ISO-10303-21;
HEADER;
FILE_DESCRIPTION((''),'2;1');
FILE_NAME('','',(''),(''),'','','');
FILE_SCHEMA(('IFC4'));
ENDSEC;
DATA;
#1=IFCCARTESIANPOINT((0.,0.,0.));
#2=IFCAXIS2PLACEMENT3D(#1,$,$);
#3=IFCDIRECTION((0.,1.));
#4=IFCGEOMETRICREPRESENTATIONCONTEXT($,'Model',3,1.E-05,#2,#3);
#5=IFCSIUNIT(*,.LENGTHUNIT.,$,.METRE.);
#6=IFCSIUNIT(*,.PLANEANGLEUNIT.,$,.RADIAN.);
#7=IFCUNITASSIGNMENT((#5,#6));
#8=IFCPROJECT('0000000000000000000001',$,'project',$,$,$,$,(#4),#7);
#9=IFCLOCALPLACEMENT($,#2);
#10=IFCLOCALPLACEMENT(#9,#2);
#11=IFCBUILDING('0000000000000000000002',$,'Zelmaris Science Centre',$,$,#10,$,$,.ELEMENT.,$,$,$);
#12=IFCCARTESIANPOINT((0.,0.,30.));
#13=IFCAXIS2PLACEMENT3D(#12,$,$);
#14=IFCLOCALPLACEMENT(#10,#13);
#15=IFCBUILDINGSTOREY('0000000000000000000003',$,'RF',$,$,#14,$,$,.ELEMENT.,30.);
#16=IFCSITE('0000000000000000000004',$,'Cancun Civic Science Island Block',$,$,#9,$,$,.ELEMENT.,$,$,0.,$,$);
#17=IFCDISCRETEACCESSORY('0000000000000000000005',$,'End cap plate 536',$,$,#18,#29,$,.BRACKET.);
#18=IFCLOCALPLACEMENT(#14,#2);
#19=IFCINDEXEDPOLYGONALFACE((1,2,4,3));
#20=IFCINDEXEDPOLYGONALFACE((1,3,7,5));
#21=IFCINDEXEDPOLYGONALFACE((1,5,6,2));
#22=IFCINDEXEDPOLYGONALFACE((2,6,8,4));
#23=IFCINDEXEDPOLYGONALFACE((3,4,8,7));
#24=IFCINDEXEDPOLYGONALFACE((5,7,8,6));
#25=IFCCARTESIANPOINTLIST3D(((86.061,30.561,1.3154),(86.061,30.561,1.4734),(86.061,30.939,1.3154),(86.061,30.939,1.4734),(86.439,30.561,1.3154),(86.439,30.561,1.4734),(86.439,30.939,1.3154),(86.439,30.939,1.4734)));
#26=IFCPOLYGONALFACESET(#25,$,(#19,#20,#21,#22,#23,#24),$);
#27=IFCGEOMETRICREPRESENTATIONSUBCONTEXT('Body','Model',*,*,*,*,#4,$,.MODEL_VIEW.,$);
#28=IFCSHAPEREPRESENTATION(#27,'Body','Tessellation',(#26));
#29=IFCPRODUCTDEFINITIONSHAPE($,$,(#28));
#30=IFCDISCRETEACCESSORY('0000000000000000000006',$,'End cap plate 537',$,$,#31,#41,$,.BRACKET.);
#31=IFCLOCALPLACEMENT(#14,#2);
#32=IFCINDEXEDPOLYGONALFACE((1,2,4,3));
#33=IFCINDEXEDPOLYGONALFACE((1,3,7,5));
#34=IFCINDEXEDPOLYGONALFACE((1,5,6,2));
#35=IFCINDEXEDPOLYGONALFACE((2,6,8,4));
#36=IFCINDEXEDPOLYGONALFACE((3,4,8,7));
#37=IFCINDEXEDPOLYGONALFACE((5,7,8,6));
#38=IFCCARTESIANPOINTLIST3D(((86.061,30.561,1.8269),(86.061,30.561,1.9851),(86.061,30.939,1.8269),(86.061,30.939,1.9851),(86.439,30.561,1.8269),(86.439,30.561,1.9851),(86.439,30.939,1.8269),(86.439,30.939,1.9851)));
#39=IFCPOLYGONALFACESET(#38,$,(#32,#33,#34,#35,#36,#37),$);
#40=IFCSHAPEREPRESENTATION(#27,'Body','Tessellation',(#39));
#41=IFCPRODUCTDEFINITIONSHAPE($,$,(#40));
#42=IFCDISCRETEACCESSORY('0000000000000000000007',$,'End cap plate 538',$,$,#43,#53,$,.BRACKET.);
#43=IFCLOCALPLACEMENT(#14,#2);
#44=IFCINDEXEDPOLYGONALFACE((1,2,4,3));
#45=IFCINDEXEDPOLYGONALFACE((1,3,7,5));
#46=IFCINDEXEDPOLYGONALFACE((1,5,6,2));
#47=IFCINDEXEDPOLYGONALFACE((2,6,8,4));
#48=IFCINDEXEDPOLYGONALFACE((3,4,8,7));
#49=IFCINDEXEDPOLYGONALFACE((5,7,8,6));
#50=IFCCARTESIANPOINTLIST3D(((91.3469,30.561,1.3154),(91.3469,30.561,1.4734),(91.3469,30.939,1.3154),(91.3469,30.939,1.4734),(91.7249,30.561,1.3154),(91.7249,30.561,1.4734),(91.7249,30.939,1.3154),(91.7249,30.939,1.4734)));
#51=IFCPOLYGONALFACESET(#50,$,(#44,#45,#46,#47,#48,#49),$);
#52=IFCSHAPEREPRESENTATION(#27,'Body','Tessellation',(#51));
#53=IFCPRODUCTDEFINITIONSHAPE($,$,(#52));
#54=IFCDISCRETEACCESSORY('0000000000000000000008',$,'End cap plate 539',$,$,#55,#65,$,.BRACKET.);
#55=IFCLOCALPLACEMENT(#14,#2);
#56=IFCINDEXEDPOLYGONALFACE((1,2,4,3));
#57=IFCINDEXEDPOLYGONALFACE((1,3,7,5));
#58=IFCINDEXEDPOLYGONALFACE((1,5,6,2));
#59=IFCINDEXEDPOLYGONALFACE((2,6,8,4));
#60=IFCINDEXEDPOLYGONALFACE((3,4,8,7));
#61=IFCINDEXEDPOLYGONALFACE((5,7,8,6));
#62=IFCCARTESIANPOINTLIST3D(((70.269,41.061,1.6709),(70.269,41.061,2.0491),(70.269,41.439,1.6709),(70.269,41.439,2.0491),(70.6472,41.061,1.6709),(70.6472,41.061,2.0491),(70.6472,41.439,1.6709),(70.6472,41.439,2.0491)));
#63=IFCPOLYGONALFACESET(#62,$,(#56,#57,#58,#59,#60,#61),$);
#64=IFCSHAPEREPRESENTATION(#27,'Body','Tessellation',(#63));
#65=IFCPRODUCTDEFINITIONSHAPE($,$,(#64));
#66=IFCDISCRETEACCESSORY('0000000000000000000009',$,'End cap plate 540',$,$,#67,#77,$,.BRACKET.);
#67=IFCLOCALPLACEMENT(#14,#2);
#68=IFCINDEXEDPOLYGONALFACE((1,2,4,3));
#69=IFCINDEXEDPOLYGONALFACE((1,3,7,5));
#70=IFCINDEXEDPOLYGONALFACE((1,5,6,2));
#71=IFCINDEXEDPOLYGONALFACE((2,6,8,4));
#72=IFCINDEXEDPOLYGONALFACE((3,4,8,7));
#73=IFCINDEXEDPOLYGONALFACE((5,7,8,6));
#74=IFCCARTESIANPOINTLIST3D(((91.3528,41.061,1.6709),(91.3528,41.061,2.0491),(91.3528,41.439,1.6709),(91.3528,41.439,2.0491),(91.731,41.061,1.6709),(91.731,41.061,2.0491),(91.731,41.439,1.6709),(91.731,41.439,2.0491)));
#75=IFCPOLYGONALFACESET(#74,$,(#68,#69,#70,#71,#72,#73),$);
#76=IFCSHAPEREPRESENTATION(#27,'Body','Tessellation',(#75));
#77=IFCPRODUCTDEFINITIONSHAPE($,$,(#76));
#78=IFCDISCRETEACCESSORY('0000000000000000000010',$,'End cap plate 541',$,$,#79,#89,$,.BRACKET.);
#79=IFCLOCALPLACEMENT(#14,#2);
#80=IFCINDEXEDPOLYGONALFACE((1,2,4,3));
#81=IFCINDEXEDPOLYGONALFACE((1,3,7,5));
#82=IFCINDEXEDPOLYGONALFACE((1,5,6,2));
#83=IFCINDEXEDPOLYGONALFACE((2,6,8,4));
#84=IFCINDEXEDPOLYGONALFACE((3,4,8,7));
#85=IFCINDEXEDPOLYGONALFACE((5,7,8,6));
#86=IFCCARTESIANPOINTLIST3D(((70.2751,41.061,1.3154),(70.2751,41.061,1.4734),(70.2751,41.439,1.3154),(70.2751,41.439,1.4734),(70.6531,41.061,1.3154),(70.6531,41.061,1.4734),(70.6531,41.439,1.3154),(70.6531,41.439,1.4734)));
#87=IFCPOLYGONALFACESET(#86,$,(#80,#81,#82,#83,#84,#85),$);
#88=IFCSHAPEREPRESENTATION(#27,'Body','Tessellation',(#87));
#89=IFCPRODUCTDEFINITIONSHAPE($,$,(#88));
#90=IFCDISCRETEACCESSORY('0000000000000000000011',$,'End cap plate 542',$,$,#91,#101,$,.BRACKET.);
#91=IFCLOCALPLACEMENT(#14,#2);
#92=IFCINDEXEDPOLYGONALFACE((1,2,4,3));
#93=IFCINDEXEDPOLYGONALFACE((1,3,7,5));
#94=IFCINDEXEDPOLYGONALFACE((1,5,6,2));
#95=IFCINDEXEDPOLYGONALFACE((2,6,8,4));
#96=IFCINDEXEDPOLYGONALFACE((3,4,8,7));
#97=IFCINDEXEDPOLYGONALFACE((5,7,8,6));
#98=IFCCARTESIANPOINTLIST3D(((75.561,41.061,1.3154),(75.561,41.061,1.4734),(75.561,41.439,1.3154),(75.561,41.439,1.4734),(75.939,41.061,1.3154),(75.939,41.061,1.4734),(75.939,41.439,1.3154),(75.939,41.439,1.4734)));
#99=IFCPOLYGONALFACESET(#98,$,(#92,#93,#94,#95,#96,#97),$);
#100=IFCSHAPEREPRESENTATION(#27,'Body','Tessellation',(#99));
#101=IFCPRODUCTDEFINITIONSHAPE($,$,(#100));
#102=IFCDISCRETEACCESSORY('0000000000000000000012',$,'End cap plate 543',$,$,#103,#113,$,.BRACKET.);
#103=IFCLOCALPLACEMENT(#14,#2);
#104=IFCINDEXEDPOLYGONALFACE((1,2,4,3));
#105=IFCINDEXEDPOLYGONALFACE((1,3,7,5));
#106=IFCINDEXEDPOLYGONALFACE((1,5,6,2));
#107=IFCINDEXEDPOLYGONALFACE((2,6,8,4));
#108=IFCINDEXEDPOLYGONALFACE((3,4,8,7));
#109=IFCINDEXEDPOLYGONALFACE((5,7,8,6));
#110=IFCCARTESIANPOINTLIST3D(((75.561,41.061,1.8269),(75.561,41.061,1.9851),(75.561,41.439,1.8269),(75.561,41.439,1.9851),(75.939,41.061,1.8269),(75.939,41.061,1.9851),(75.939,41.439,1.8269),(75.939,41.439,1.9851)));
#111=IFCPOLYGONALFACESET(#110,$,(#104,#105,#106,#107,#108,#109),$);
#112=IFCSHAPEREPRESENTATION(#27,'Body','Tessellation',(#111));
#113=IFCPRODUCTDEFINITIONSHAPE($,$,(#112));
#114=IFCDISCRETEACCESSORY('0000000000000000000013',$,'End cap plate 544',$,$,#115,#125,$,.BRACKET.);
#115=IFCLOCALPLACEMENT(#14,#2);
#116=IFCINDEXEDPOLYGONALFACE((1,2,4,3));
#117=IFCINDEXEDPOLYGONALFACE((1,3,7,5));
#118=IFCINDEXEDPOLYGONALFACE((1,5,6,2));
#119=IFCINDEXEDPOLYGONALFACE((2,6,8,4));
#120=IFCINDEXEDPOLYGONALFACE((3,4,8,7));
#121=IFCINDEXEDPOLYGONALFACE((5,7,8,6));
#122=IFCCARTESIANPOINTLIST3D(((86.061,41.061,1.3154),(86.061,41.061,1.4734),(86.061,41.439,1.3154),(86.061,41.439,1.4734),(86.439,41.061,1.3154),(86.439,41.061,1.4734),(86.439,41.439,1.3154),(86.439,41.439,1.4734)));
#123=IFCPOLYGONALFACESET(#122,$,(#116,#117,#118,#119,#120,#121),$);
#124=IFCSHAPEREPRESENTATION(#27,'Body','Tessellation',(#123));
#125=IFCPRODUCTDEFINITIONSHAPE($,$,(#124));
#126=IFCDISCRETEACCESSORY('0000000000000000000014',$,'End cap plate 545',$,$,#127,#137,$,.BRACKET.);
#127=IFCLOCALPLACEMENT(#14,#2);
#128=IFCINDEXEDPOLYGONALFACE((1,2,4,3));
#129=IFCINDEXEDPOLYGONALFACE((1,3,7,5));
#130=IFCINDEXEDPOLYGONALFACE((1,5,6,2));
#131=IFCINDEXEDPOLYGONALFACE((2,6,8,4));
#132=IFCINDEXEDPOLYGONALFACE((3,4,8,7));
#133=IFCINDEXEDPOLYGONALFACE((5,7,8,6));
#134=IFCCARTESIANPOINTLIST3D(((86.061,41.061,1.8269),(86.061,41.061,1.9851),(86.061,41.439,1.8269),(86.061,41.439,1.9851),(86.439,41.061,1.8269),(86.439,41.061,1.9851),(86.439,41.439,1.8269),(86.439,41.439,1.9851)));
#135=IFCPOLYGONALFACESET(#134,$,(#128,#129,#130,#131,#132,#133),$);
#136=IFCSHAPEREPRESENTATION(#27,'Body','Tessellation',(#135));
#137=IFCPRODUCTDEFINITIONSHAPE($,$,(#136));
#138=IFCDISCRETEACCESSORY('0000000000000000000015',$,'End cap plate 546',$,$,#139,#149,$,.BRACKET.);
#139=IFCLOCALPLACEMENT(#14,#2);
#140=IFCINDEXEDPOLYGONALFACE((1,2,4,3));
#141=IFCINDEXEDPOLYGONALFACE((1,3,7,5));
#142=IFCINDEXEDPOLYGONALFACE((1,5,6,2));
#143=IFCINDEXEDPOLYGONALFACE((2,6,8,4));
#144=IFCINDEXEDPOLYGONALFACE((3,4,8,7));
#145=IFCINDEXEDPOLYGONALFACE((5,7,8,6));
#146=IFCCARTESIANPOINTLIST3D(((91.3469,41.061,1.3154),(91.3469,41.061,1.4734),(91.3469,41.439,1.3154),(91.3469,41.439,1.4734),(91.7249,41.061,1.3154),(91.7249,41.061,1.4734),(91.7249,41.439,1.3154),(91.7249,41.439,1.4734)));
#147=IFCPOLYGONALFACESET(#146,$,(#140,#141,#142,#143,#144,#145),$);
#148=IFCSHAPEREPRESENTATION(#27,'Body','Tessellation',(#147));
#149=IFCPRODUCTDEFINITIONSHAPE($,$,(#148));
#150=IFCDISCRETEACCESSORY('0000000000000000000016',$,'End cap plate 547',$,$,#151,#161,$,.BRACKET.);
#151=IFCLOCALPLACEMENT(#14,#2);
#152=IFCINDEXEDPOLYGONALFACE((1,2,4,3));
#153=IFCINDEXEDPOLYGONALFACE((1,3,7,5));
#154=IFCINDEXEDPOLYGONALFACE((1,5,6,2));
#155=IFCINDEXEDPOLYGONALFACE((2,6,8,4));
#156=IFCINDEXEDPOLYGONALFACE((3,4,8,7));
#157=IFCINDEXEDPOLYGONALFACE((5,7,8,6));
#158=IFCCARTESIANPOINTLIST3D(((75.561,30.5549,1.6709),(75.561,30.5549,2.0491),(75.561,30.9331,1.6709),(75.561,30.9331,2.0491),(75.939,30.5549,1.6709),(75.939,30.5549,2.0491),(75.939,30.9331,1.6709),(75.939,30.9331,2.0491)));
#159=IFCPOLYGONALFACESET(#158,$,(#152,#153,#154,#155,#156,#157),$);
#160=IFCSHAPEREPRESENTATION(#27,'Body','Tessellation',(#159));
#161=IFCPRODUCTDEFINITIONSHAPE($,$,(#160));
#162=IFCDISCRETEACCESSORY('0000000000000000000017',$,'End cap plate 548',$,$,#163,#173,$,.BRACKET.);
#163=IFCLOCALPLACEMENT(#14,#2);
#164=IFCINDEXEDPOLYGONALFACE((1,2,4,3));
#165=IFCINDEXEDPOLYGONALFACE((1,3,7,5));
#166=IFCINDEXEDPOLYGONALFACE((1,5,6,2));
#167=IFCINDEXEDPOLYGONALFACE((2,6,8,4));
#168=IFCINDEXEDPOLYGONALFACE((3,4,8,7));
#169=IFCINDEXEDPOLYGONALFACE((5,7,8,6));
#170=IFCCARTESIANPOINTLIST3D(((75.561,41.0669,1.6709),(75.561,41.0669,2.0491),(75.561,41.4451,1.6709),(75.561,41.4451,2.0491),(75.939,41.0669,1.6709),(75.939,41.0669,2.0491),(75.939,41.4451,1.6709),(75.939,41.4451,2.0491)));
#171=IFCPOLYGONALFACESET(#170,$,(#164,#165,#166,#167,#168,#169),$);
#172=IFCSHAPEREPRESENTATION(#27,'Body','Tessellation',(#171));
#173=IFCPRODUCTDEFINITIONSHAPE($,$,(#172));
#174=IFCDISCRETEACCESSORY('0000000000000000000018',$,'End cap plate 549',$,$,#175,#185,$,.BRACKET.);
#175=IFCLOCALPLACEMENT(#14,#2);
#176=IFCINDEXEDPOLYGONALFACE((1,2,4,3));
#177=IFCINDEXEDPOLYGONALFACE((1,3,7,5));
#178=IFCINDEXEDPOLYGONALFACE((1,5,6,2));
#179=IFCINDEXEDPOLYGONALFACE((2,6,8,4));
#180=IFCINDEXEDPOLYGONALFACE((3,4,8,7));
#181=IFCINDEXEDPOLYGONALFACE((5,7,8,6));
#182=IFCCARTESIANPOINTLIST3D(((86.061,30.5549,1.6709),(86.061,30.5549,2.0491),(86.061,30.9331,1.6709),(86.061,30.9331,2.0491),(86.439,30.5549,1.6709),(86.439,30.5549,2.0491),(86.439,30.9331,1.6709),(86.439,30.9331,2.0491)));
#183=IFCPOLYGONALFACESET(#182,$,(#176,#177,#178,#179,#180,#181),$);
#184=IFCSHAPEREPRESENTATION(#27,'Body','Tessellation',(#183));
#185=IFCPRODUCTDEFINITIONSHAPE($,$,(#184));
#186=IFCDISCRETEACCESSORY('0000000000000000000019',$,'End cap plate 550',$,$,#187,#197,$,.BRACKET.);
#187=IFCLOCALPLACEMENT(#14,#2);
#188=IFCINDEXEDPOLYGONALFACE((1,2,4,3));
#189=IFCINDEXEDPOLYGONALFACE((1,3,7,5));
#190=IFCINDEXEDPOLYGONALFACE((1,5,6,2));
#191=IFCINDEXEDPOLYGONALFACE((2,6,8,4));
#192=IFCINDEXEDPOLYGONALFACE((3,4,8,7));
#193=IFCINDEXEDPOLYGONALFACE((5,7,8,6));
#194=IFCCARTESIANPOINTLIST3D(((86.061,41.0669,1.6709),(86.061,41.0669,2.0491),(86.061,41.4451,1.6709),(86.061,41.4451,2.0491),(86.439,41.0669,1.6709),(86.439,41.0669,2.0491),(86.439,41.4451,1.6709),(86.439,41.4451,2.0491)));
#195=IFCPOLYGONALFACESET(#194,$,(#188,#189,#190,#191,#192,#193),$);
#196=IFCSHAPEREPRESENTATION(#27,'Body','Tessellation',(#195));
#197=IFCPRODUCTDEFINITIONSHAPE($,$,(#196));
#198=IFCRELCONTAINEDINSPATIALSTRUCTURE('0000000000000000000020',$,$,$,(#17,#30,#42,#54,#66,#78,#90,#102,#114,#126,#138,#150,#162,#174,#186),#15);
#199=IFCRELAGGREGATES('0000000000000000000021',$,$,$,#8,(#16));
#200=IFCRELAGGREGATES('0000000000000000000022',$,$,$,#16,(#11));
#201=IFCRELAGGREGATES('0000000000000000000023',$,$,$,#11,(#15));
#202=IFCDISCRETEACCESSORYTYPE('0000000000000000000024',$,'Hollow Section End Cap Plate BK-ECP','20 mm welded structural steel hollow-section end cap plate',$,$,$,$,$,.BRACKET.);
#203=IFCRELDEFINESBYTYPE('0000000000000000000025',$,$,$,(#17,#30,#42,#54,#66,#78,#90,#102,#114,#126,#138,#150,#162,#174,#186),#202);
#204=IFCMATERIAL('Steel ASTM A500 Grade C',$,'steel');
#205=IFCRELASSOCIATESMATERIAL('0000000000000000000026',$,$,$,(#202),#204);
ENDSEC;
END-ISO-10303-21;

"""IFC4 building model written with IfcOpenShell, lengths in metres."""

from ifc_helpers import new_model, si_unit, direction, frame, origin, place, context, subcontext, project, spatial, polyline, outline, extrude, material, type_object, element, save


model = new_model("IFC4")

# Units and contexts
model_context = context("Model", 3, precision=1e-05, world=origin(), true_north=direction((0.0, 1.0)))
body_context = subcontext(model_context, "Body", "Model", "MODEL_VIEW")
ifc_project = project(units=[si_unit("LENGTHUNIT", "METRE"), si_unit("PLANEANGLEUNIT", "RADIAN")], contexts=[model_context])

# Site, building, storey
site_placement = place(None, origin())
site = spatial("IfcSite", under=ifc_project, at=site_placement, Name="Cancun Civic Science Island Block", CompositionType="ELEMENT", RefElevation=0.0)
building_placement = place(site_placement, origin())
building = spatial("IfcBuilding", under=site, at=building_placement, Name="Zelmaris Science Centre", CompositionType="ELEMENT")
storey_placement = place(building_placement, frame((0.0, 0.0, 30.0)))
storey = spatial("IfcBuildingStorey", under=building, at=storey_placement, Name="RF", CompositionType="ELEMENT", Elevation=30.0)

# Discrete accessories
ifc_material_1 = material(Name="Steel ASTM A500 Grade C", Category="steel")
discrete_accessory_type = type_object("IfcDiscreteAccessoryType", Name="Hollow Section End Cap Plate BK-ECP", Description="20 mm welded structural steel hollow-section end cap plate", PredefinedType="BRACKET", material=ifc_material_1)
discrete_accessory_1_placement = place(storey_placement, frame((0.0, 0.0, 1.3154)))
element("IfcDiscreteAccessory", 1, at=discrete_accessory_1_placement, inside=storey, type_object=discrete_accessory_type, Name="End cap plate 536", PredefinedType="BRACKET", context=body_context, shape_type="SweptSolid", body=[
    extrude(outline(polyline([(86.061, 30.561), (86.439, 30.561), (86.439, 30.939), (86.061, 30.939), (86.061, 30.561)])), origin(), (0.0, 0.0, 1.0), 0.158),
])
discrete_accessory_2_placement = place(storey_placement, frame((0.0, 0.0, 1.8269)))
element("IfcDiscreteAccessory", 2, at=discrete_accessory_2_placement, inside=storey, type_object=discrete_accessory_type, Name="End cap plate 537", PredefinedType="BRACKET", context=body_context, shape_type="SweptSolid", body=[
    extrude(outline(polyline([(86.061, 30.561), (86.439, 30.561), (86.439, 30.939), (86.061, 30.939), (86.061, 30.561)])), origin(), (0.0, 0.0, 1.0), 0.1582),
])
discrete_accessory_3_placement = place(storey_placement, frame((0.0, 0.0, 1.3154)))
element("IfcDiscreteAccessory", 3, at=discrete_accessory_3_placement, inside=storey, type_object=discrete_accessory_type, Name="End cap plate 538", PredefinedType="BRACKET", context=body_context, shape_type="SweptSolid", body=[
    extrude(outline(polyline([(91.3469, 30.561), (91.7249, 30.561), (91.7249, 30.939), (91.3469, 30.939), (91.3469, 30.561)])), origin(), (0.0, 0.0, 1.0), 0.158),
])
discrete_accessory_4_placement = place(storey_placement, frame((0.0, 0.0, 1.6709)))
element("IfcDiscreteAccessory", 4, at=discrete_accessory_4_placement, inside=storey, type_object=discrete_accessory_type, Name="End cap plate 539", PredefinedType="BRACKET", context=body_context, shape_type="SweptSolid", body=[
    extrude(outline(polyline([(70.269, 41.061), (70.6472, 41.061), (70.6472, 41.439), (70.269, 41.439), (70.269, 41.061)])), origin(), (0.0, 0.0, 1.0), 0.3782),
])
discrete_accessory_5_placement = place(storey_placement, frame((0.0, 0.0, 1.6709)))
element("IfcDiscreteAccessory", 5, at=discrete_accessory_5_placement, inside=storey, type_object=discrete_accessory_type, Name="End cap plate 540", PredefinedType="BRACKET", context=body_context, shape_type="SweptSolid", body=[
    extrude(outline(polyline([(91.3528, 41.061), (91.731, 41.061), (91.731, 41.439), (91.3528, 41.439), (91.3528, 41.061)])), origin(), (0.0, 0.0, 1.0), 0.3782),
])
discrete_accessory_6_placement = place(storey_placement, frame((0.0, 0.0, 1.3154)))
element("IfcDiscreteAccessory", 6, at=discrete_accessory_6_placement, inside=storey, type_object=discrete_accessory_type, Name="End cap plate 541", PredefinedType="BRACKET", context=body_context, shape_type="SweptSolid", body=[
    extrude(outline(polyline([(70.2751, 41.061), (70.6531, 41.061), (70.6531, 41.439), (70.2751, 41.439), (70.2751, 41.061)])), origin(), (0.0, 0.0, 1.0), 0.158),
])
discrete_accessory_7_placement = place(storey_placement, frame((0.0, 0.0, 1.3154)))
element("IfcDiscreteAccessory", 7, at=discrete_accessory_7_placement, inside=storey, type_object=discrete_accessory_type, Name="End cap plate 542", PredefinedType="BRACKET", context=body_context, shape_type="SweptSolid", body=[
    extrude(outline(polyline([(75.561, 41.061), (75.939, 41.061), (75.939, 41.439), (75.561, 41.439), (75.561, 41.061)])), origin(), (0.0, 0.0, 1.0), 0.158),
])
discrete_accessory_8_placement = place(storey_placement, frame((0.0, 0.0, 1.8269)))
element("IfcDiscreteAccessory", 8, at=discrete_accessory_8_placement, inside=storey, type_object=discrete_accessory_type, Name="End cap plate 543", PredefinedType="BRACKET", context=body_context, shape_type="SweptSolid", body=[
    extrude(outline(polyline([(75.561, 41.061), (75.939, 41.061), (75.939, 41.439), (75.561, 41.439), (75.561, 41.061)])), origin(), (0.0, 0.0, 1.0), 0.1582),
])
discrete_accessory_9_placement = place(storey_placement, frame((0.0, 0.0, 1.3154)))
element("IfcDiscreteAccessory", 9, at=discrete_accessory_9_placement, inside=storey, type_object=discrete_accessory_type, Name="End cap plate 544", PredefinedType="BRACKET", context=body_context, shape_type="SweptSolid", body=[
    extrude(outline(polyline([(86.061, 41.061), (86.439, 41.061), (86.439, 41.439), (86.061, 41.439), (86.061, 41.061)])), origin(), (0.0, 0.0, 1.0), 0.158),
])
discrete_accessory_10_placement = place(storey_placement, frame((0.0, 0.0, 1.8269)))
element("IfcDiscreteAccessory", 10, at=discrete_accessory_10_placement, inside=storey, type_object=discrete_accessory_type, Name="End cap plate 545", PredefinedType="BRACKET", context=body_context, shape_type="SweptSolid", body=[
    extrude(outline(polyline([(86.061, 41.061), (86.439, 41.061), (86.439, 41.439), (86.061, 41.439), (86.061, 41.061)])), origin(), (0.0, 0.0, 1.0), 0.1582),
])
discrete_accessory_11_placement = place(storey_placement, frame((0.0, 0.0, 1.3154)))
element("IfcDiscreteAccessory", 11, at=discrete_accessory_11_placement, inside=storey, type_object=discrete_accessory_type, Name="End cap plate 546", PredefinedType="BRACKET", context=body_context, shape_type="SweptSolid", body=[
    extrude(outline(polyline([(91.3469, 41.061), (91.7249, 41.061), (91.7249, 41.439), (91.3469, 41.439), (91.3469, 41.061)])), origin(), (0.0, 0.0, 1.0), 0.158),
])
discrete_accessory_12_placement = place(storey_placement, frame((0.0, 0.0, 1.6709)))
element("IfcDiscreteAccessory", 12, at=discrete_accessory_12_placement, inside=storey, type_object=discrete_accessory_type, Name="End cap plate 547", PredefinedType="BRACKET", context=body_context, shape_type="SweptSolid", body=[
    extrude(outline(polyline([(75.561, 30.5549), (75.939, 30.5549), (75.939, 30.9331), (75.561, 30.9331), (75.561, 30.5549)])), origin(), (0.0, 0.0, 1.0), 0.3782),
])
discrete_accessory_13_placement = place(storey_placement, frame((0.0, 0.0, 1.6709)))
element("IfcDiscreteAccessory", 13, at=discrete_accessory_13_placement, inside=storey, type_object=discrete_accessory_type, Name="End cap plate 548", PredefinedType="BRACKET", context=body_context, shape_type="SweptSolid", body=[
    extrude(outline(polyline([(75.561, 41.0669), (75.939, 41.0669), (75.939, 41.4451), (75.561, 41.4451), (75.561, 41.0669)])), origin(), (0.0, 0.0, 1.0), 0.3782),
])
discrete_accessory_14_placement = place(storey_placement, frame((0.0, 0.0, 1.6709)))
element("IfcDiscreteAccessory", 14, at=discrete_accessory_14_placement, inside=storey, type_object=discrete_accessory_type, Name="End cap plate 549", PredefinedType="BRACKET", context=body_context, shape_type="SweptSolid", body=[
    extrude(outline(polyline([(86.061, 30.5549), (86.439, 30.5549), (86.439, 30.9331), (86.061, 30.9331), (86.061, 30.5549)])), origin(), (0.0, 0.0, 1.0), 0.3782),
])
discrete_accessory_15_placement = place(storey_placement, frame((0.0, 0.0, 1.6709)))
element("IfcDiscreteAccessory", 15, at=discrete_accessory_15_placement, inside=storey, type_object=discrete_accessory_type, Name="End cap plate 550", PredefinedType="BRACKET", context=body_context, shape_type="SweptSolid", body=[
    extrude(outline(polyline([(86.061, 41.0669), (86.439, 41.0669), (86.439, 41.4451), (86.061, 41.4451), (86.061, 41.0669)])), origin(), (0.0, 0.0, 1.0), 0.3782),
])

save(model, "model.ifc")
